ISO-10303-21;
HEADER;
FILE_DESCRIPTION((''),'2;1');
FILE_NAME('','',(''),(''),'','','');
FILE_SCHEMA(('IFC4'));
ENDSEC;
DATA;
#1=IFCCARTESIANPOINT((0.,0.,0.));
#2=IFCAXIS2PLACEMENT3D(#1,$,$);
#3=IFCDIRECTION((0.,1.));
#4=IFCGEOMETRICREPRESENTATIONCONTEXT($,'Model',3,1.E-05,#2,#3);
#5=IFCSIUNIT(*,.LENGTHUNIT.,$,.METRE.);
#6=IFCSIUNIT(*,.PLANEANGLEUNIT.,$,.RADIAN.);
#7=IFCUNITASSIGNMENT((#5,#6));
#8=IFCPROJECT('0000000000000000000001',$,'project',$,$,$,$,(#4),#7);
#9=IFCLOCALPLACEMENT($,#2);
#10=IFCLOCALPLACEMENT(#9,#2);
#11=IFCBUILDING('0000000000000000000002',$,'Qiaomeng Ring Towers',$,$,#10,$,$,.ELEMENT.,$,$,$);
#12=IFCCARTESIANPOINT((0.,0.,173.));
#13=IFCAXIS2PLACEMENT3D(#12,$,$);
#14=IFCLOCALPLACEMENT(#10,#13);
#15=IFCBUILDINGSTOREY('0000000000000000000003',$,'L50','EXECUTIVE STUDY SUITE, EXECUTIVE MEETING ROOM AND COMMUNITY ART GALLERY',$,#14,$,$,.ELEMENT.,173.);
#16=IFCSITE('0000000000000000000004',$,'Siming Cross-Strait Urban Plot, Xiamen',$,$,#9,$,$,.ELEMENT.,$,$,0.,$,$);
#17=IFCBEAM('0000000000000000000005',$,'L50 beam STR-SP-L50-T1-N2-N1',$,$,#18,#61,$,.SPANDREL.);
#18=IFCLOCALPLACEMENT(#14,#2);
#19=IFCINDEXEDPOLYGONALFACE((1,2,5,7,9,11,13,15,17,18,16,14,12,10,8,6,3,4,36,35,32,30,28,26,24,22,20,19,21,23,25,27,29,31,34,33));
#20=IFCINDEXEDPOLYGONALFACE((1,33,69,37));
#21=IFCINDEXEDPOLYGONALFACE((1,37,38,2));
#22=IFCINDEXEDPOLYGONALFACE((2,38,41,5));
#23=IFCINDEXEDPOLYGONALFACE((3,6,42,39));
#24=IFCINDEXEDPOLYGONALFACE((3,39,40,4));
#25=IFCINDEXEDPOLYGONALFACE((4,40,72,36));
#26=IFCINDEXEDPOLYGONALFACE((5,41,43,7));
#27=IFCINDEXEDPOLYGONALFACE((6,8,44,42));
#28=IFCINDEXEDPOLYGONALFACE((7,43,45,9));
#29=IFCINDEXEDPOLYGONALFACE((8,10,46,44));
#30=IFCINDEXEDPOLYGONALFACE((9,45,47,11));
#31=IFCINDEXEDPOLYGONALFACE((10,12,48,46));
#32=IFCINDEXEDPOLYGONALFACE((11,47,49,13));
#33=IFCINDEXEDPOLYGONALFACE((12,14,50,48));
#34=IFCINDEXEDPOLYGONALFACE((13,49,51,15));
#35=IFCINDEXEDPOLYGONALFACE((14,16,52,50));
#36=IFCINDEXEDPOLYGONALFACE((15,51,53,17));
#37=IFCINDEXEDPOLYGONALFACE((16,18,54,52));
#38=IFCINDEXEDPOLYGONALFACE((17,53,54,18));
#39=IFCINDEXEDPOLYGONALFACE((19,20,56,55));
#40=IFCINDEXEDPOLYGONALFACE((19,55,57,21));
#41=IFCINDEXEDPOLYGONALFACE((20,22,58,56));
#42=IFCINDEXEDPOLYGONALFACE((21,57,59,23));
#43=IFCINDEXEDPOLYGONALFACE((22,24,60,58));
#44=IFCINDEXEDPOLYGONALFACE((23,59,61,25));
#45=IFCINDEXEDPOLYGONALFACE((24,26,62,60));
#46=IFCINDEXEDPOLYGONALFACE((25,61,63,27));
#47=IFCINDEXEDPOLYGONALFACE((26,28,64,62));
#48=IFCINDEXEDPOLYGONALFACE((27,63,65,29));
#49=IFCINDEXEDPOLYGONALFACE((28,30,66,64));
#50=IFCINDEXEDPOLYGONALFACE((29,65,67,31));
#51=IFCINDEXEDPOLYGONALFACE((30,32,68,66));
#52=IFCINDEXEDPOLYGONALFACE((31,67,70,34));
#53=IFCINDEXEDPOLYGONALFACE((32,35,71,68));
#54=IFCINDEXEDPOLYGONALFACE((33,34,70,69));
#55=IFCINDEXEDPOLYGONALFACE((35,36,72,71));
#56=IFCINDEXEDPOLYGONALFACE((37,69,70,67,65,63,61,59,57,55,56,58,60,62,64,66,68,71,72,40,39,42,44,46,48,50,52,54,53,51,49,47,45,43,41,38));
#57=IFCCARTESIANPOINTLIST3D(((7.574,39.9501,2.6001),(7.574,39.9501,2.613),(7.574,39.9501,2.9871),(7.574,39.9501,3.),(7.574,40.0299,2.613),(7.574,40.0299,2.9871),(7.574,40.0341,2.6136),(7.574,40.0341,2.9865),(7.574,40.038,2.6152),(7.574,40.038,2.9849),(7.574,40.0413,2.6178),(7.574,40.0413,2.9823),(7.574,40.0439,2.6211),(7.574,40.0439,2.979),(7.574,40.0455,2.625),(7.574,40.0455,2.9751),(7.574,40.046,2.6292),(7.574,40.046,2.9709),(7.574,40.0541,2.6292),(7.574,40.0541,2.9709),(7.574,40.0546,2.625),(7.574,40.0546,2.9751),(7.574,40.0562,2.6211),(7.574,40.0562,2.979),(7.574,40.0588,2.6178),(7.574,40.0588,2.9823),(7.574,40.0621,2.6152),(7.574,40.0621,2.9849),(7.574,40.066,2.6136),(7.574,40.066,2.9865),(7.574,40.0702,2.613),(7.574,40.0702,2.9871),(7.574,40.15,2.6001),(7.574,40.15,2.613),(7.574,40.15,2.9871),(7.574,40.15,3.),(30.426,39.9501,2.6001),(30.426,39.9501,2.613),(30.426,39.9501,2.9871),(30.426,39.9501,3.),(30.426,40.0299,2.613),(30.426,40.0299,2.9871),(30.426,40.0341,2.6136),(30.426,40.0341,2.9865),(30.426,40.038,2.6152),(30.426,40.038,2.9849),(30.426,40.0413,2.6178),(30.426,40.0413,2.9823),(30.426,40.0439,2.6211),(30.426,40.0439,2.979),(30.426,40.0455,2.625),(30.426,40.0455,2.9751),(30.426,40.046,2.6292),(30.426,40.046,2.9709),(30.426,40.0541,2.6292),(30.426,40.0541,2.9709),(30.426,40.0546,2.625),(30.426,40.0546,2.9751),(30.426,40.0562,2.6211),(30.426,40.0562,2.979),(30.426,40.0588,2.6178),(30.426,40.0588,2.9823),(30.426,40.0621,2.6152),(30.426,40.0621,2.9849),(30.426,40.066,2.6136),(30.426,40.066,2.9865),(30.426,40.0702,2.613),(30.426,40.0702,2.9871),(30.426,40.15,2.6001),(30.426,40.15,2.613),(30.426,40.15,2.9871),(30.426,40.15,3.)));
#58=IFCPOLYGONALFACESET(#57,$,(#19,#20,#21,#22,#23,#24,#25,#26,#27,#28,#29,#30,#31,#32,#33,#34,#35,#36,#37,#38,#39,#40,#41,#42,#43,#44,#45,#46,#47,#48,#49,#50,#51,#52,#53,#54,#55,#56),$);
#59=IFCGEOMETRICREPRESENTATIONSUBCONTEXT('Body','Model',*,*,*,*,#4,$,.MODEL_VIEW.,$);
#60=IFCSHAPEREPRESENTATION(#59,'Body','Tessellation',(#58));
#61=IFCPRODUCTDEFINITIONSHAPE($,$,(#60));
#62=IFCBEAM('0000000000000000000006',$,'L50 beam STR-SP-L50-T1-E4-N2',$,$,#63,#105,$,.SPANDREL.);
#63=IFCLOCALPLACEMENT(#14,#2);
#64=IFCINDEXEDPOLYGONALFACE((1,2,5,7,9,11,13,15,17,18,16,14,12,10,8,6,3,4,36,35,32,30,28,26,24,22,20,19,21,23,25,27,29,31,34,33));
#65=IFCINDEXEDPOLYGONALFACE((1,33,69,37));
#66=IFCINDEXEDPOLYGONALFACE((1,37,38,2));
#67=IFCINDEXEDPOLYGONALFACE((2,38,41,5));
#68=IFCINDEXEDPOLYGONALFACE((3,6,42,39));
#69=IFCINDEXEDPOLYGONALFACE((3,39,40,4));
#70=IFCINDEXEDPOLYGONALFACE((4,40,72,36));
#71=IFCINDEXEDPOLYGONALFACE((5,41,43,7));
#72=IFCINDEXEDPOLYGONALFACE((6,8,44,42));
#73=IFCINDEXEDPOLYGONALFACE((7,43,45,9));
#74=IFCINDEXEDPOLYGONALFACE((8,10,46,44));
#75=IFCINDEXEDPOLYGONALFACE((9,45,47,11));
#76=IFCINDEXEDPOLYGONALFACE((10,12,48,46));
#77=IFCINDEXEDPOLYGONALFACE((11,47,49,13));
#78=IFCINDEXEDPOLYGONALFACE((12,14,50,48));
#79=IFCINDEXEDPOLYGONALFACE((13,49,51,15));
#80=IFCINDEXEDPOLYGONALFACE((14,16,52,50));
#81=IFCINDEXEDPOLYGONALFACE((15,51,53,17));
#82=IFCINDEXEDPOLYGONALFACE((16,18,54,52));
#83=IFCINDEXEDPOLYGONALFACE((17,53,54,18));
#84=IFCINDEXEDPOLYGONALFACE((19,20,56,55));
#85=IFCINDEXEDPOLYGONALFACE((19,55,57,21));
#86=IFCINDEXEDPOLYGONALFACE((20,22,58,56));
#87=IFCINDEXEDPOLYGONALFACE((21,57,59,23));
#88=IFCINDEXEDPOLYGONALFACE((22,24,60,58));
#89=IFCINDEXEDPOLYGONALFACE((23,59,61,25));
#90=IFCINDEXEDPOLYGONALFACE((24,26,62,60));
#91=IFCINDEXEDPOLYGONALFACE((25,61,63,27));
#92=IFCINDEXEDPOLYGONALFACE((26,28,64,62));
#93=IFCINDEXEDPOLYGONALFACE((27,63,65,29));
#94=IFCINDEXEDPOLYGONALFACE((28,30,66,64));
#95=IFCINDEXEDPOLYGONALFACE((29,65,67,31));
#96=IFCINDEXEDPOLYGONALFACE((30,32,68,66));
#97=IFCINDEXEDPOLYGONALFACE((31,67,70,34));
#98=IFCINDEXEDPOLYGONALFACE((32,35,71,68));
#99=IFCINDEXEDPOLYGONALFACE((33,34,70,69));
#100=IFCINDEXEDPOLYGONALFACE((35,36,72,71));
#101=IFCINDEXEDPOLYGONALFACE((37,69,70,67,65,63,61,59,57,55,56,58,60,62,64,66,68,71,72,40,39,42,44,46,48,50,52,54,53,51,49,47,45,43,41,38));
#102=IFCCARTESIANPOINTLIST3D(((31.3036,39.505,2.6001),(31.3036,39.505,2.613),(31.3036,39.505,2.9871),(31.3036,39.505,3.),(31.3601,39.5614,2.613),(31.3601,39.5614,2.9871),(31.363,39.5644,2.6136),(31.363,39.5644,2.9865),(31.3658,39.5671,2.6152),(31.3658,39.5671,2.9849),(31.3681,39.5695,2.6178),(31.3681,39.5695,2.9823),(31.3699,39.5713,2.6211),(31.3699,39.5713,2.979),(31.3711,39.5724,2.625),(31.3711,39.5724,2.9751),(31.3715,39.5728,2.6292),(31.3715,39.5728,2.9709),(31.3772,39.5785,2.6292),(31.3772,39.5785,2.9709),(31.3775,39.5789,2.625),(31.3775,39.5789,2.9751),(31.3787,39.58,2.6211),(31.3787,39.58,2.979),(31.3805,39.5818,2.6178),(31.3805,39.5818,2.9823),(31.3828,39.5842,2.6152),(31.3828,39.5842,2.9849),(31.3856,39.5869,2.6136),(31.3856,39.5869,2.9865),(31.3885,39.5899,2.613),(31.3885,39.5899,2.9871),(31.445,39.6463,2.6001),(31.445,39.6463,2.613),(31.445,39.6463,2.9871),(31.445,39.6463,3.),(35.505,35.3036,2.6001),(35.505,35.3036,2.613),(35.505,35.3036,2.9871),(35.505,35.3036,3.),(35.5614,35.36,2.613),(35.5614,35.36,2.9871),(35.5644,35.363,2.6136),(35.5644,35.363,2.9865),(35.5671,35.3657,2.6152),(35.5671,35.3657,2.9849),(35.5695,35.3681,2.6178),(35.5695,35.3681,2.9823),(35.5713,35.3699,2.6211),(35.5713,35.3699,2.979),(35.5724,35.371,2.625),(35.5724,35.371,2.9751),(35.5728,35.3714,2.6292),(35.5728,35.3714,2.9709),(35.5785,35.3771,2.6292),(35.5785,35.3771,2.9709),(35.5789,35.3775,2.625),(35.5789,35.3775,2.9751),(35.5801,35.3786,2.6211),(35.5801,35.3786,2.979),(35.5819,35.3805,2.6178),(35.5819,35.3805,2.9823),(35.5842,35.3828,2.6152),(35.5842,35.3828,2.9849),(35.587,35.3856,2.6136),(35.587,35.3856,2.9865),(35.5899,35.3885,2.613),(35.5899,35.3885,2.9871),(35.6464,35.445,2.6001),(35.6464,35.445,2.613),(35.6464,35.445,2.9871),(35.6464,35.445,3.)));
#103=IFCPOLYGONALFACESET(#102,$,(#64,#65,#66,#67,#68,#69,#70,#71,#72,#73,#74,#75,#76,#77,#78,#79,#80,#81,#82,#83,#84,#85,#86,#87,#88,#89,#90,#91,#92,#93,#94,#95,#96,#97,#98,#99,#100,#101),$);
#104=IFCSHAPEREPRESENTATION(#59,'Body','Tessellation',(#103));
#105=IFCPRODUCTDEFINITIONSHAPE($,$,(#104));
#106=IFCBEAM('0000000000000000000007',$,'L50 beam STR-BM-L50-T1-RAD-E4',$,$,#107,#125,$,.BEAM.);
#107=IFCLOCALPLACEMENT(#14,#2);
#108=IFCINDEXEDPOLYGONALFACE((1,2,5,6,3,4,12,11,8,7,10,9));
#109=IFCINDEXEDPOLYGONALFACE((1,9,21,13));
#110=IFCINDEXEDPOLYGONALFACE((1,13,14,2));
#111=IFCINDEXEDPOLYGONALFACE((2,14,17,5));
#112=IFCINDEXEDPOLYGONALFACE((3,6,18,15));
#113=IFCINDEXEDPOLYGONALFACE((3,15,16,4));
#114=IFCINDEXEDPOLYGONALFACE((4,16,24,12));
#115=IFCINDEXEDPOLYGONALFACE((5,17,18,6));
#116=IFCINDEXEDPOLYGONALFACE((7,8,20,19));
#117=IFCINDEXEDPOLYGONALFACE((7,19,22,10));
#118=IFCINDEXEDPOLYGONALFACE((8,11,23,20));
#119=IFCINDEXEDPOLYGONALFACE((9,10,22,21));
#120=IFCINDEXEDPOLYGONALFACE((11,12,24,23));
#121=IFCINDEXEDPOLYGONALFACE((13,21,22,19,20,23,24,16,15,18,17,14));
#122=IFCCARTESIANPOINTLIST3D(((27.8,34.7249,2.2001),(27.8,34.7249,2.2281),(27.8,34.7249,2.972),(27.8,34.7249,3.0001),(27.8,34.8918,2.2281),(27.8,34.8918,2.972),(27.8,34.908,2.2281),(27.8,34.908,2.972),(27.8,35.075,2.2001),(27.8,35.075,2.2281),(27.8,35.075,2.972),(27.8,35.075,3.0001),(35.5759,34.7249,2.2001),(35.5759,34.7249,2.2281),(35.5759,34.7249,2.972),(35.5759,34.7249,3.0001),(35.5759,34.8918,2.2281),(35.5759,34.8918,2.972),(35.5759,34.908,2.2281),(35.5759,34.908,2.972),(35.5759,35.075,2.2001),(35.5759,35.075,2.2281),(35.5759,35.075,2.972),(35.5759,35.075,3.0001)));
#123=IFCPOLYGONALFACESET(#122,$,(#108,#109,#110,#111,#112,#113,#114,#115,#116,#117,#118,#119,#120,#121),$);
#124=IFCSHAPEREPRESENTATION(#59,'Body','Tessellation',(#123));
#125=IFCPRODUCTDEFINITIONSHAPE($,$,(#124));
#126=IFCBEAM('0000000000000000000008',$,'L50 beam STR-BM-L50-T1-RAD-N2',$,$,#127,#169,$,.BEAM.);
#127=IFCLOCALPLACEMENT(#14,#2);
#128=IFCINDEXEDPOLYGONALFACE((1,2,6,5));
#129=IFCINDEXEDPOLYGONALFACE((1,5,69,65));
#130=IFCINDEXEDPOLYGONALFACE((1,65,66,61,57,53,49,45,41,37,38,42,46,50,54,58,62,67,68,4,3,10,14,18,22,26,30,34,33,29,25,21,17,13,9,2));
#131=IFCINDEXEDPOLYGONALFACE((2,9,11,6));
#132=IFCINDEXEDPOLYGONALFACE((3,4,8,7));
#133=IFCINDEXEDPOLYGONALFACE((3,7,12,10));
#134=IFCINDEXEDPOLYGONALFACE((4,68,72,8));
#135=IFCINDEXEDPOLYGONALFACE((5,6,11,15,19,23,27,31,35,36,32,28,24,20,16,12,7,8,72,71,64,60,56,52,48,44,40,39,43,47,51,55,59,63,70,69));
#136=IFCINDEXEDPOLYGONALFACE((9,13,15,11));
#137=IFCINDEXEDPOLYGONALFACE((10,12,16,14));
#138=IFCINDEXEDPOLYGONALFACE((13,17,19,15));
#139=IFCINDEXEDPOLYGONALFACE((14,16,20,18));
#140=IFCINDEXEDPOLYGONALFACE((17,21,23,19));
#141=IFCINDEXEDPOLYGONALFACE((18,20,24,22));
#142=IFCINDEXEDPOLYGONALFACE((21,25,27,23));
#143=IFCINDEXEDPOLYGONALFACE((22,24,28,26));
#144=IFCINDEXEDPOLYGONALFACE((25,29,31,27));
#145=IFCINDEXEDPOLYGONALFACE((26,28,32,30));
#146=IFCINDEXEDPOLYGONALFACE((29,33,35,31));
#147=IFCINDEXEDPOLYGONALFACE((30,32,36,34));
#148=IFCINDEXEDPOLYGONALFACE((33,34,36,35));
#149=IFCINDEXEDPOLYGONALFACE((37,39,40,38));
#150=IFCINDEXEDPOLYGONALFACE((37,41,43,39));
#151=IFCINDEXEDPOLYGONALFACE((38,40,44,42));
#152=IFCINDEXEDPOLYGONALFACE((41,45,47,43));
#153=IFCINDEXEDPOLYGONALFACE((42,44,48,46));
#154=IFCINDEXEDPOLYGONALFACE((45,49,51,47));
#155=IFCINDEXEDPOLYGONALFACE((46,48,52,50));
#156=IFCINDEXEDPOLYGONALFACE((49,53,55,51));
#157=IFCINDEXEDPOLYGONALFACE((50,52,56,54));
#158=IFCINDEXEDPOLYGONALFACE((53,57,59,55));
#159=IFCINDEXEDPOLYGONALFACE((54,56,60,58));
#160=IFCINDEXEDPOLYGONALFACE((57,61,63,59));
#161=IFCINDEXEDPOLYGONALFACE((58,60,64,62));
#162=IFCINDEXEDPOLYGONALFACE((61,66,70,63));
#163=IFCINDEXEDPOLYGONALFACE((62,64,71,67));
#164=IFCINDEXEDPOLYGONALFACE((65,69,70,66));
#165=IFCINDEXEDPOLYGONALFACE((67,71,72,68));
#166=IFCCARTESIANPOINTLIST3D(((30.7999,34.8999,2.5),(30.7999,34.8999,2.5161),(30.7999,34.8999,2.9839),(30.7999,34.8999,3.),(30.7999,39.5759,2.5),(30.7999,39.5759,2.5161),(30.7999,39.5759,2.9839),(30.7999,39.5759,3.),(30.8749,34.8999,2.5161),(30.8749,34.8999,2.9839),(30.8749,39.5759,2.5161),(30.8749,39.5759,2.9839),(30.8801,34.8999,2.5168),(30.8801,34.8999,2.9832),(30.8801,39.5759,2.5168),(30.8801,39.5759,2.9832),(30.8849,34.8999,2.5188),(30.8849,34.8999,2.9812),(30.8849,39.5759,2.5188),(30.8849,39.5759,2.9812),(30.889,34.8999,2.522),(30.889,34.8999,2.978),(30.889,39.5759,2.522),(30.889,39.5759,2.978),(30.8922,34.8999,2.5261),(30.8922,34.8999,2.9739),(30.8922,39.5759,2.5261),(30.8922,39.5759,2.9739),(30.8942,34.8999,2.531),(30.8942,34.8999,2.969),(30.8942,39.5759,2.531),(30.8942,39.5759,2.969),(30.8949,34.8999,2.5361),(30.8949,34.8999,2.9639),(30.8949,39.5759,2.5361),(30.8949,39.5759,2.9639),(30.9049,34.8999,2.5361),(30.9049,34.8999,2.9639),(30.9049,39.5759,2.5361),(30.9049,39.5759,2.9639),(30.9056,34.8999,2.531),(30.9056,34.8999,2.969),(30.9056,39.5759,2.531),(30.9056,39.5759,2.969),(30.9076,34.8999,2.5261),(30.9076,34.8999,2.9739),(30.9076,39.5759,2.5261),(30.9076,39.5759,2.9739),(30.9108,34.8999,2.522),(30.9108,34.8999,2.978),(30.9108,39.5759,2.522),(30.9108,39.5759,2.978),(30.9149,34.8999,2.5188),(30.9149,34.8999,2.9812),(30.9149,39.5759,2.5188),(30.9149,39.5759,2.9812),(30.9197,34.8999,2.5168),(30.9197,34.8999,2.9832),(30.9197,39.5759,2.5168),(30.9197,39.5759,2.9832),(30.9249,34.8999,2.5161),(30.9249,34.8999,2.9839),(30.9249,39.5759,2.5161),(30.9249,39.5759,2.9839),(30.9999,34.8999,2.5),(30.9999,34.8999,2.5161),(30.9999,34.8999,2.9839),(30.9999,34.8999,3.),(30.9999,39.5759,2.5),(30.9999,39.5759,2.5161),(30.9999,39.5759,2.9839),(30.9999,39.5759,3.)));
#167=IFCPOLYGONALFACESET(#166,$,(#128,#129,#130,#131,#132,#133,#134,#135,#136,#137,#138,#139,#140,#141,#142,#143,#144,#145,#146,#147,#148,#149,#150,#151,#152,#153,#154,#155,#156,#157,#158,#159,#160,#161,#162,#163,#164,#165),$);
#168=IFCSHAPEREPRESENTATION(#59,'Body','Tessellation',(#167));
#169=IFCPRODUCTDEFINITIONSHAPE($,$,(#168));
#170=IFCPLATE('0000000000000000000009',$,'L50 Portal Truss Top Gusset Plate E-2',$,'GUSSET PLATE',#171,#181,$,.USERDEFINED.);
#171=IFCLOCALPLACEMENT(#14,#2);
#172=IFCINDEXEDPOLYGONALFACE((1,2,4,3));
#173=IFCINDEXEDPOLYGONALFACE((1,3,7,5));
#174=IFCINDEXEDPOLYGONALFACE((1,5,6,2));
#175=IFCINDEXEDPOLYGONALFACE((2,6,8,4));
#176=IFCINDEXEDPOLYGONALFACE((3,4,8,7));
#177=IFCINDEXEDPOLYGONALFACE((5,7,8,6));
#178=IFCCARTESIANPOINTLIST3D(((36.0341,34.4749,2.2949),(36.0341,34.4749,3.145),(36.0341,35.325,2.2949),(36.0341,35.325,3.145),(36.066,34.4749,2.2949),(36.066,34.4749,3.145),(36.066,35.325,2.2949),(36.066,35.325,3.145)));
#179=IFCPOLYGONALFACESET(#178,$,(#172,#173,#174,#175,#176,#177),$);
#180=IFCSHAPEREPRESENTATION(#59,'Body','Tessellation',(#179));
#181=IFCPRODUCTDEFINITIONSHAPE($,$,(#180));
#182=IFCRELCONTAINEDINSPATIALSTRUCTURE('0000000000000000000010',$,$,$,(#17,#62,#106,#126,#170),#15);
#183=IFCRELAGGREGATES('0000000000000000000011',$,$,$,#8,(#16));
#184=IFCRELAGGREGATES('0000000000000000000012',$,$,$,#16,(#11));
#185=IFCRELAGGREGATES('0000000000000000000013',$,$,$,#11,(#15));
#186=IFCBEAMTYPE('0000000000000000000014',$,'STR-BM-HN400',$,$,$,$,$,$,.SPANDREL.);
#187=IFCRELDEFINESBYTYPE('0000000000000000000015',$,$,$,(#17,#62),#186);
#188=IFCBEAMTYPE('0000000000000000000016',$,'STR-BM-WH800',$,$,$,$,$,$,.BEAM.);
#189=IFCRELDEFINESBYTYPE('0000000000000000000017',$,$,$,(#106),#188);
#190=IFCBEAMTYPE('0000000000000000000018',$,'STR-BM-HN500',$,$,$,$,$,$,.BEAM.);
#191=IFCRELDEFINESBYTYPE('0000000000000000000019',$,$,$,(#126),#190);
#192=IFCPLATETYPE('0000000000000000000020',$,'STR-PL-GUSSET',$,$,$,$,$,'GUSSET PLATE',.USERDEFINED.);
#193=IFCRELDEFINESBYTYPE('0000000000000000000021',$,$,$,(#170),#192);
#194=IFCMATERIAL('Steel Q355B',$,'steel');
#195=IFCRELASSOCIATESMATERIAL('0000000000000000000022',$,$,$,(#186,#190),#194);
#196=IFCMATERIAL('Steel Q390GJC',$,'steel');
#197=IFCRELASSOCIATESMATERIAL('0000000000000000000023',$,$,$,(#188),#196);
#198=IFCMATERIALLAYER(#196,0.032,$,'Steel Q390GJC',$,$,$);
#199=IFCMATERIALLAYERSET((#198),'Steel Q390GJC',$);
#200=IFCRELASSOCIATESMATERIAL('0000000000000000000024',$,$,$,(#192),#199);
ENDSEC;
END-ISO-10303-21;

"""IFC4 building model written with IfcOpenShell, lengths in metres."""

from ifc_helpers import new_model, si_unit, direction, frame, origin, origin_2d, place, context, subcontext, project, spatial, rectangle, i_section, extrude, source, transform, mapped, material, layer, layer_set, material_profile, profile_set, type_object, element, save


model = new_model("IFC4")

# Units and contexts
model_context = context("Model", 3, precision=1e-05, world=origin(), true_north=direction((0.0, 1.0)))
body_context = subcontext(model_context, "Body", "Model", "MODEL_VIEW")
ifc_project = project(units=[si_unit("LENGTHUNIT", "METRE"), si_unit("PLANEANGLEUNIT", "RADIAN")], contexts=[model_context])

# Site, building, storey
site_placement = place(None, origin())
site = spatial("IfcSite", under=ifc_project, at=site_placement, Name="Siming Cross-Strait Urban Plot, Xiamen", CompositionType="ELEMENT", RefElevation=0.0)
building_placement = place(site_placement, origin())
building = spatial("IfcBuilding", under=site, at=building_placement, Name="Qiaomeng Ring Towers", CompositionType="ELEMENT")
storey_placement = place(building_placement, frame((0.0, 0.0, 173.0)))
storey = spatial("IfcBuildingStorey", under=building, at=storey_placement, Name="L50", Description="EXECUTIVE STUDY SUITE, EXECUTIVE MEETING ROOM AND COMMUNITY ART GALLERY", CompositionType="ELEMENT", Elevation=173.0)

# Beams
ifc_material_1 = material(Name="Steel Q355B", Category="steel")
ifc_material_profile_1 = material_profile(ifc_material_1, i_section(OverallWidth=0.2, OverallDepth=0.3999, WebThickness=0.0081, FlangeThickness=0.0129, FilletRadius=0.0161, at=origin_2d()), Name="HN 400x200x8x13")
ifc_profile_set_1 = profile_set([ifc_material_profile_1], Name="Steel Q355B")
beam_type_1 = type_object("IfcBeamType", Name="STR-BM-HN400", PredefinedType="SPANDREL", material=ifc_profile_set_1)
shared_shape_1 = source(origin(), body_context, "Body", "SweptSolid", [
    extrude(i_section(OverallWidth=0.2, OverallDepth=0.3999, WebThickness=0.0081, FlangeThickness=0.0129, FilletRadius=0.0161, at=origin_2d()), origin(), (0.0, 0.0, 1.0), 22.8521),
])
beam_1_placement = place(storey_placement, frame((30.426, 40.05, 2.8), z_axis=(-1.0, 0.0, 0.0), x_axis=(0.0, -1.0, 0.0)))
element("IfcBeam", 1, at=beam_1_placement, inside=storey, type_object=beam_type_1, Name="L50 beam STR-SP-L50-T1-N2-N1", PredefinedType="SPANDREL", context=body_context, shape_type="MappedRepresentation", body=[
    mapped(shared_shape_1, transform((0.0, 0.0, 0.0), x_axis=(1.0, 0.0, 0.0), y_axis=(0.0, 1.0, 0.0), z_axis=(0.0, 0.0, 1.0), scale=1.0)),
])
shared_shape_2 = source(origin(), body_context, "Body", "SweptSolid", [
    extrude(i_section(OverallWidth=0.2, OverallDepth=0.3999, WebThickness=0.0081, FlangeThickness=0.0129, FilletRadius=0.0161, at=origin_2d()), origin(), (0.0, 0.0, 1.0), 5.9417),
])
beam_2_placement = place(storey_placement, frame((35.5757, 35.3743, 2.8), z_axis=(-0.707107, 0.707107, 0.0), x_axis=(-0.707107, -0.707107, 0.0)))
element("IfcBeam", 2, at=beam_2_placement, inside=storey, type_object=beam_type_1, Name="L50 beam STR-SP-L50-T1-E4-N2", PredefinedType="SPANDREL", context=body_context, shape_type="MappedRepresentation", body=[
    mapped(shared_shape_2, transform((0.0, 0.0, 0.0), x_axis=(1.0, 0.0, 0.0), y_axis=(0.0, 1.0, 0.0), z_axis=(0.0, 0.0, 1.0), scale=1.0)),
])
ifc_material_2 = material(Name="Steel Q390GJC", Category="steel")
ifc_material_profile_2 = material_profile(ifc_material_2, i_section(OverallWidth=0.3501, OverallDepth=0.8, WebThickness=0.0161, FlangeThickness=0.0281, at=origin_2d()), Name="WH 800x350x16x28")
ifc_profile_set_2 = profile_set([ifc_material_profile_2], Name="Steel Q390GJC")
beam_type_2 = type_object("IfcBeamType", Name="STR-BM-WH800", PredefinedType="BEAM", material=ifc_profile_set_2)
shared_shape_3 = source(origin(), body_context, "Body", "SweptSolid", [
    extrude(i_section(OverallWidth=0.3501, OverallDepth=0.8, WebThickness=0.0161, FlangeThickness=0.0281, at=origin_2d()), origin(), (0.0, 0.0, 1.0), 7.7759),
])
beam_3_placement = place(storey_placement, frame((27.8, 34.8999, 2.6001), z_axis=(1.0, 0.0, 0.0), x_axis=(0.0, 1.0, 0.0)))
element("IfcBeam", 3, at=beam_3_placement, inside=storey, type_object=beam_type_2, Name="L50 beam STR-BM-L50-T1-RAD-E4", PredefinedType="BEAM", context=body_context, shape_type="MappedRepresentation", body=[
    mapped(shared_shape_3, transform((0.0, 0.0, 0.0), x_axis=(1.0, 0.0, 0.0), y_axis=(0.0, 1.0, 0.0), z_axis=(0.0, 0.0, 1.0), scale=1.0)),
])
ifc_material_profile_3 = material_profile(ifc_material_1, i_section(OverallWidth=0.2, OverallDepth=0.5, WebThickness=0.01, FlangeThickness=0.0161, FilletRadius=0.02, at=origin_2d()), Name="HN 500x200x10x16")
ifc_profile_set_3 = profile_set([ifc_material_profile_3], Name="Steel Q355B")
beam_type_3 = type_object("IfcBeamType", Name="STR-BM-HN500", PredefinedType="BEAM", material=ifc_profile_set_3)
shared_shape_4 = source(origin(), body_context, "Body", "SweptSolid", [
    extrude(i_section(OverallWidth=0.2, OverallDepth=0.5, WebThickness=0.01, FlangeThickness=0.0161, FilletRadius=0.02, at=origin_2d()), origin(), (0.0, 0.0, 1.0), 4.676),
])
beam_4_placement = place(storey_placement, frame((30.8999, 39.5759, 2.75), z_axis=(0.0, -1.0, 0.0), x_axis=(1.0, 0.0, 0.0)))
element("IfcBeam", 4, at=beam_4_placement, inside=storey, type_object=beam_type_3, Name="L50 beam STR-BM-L50-T1-RAD-N2", PredefinedType="BEAM", context=body_context, shape_type="MappedRepresentation", body=[
    mapped(shared_shape_4, transform((0.0, 0.0, 0.0), x_axis=(1.0, 0.0, 0.0), y_axis=(0.0, 1.0, 0.0), z_axis=(0.0, 0.0, 1.0), scale=1.0)),
])

# Plate
ifc_layer_1 = layer(ifc_material_2, 0.032, Name="Steel Q390GJC")
ifc_layer_set_1 = layer_set([ifc_layer_1], Name="Steel Q390GJC")
plate_type = type_object("IfcPlateType", Name="STR-PL-GUSSET", ElementType="GUSSET PLATE", PredefinedType="USERDEFINED", material=ifc_layer_set_1)
shared_shape_5 = source(origin(), body_context, "Body", "SweptSolid", [
    extrude(rectangle(XDim=0.032, YDim=0.8501, at=origin_2d()), origin(), (0.0, 0.0, 1.0), 0.8501),
])
plate_placement = place(storey_placement, frame((36.05, 34.8999, 2.2949), z_axis=(0.0, 0.0, 1.0), x_axis=(1.0, 0.0, 0.0)))
element("IfcPlate", 5, at=plate_placement, inside=storey, type_object=plate_type, Name="L50 Portal Truss Top Gusset Plate E-2", ObjectType="GUSSET PLATE", PredefinedType="USERDEFINED", context=body_context, shape_type="MappedRepresentation", body=[
    mapped(shared_shape_5, transform((0.0, 0.0, 0.0), x_axis=(1.0, 0.0, 0.0), y_axis=(0.0, 1.0, 0.0), z_axis=(0.0, 0.0, 1.0), scale=1.0)),
])

save(model, "model.ifc")
